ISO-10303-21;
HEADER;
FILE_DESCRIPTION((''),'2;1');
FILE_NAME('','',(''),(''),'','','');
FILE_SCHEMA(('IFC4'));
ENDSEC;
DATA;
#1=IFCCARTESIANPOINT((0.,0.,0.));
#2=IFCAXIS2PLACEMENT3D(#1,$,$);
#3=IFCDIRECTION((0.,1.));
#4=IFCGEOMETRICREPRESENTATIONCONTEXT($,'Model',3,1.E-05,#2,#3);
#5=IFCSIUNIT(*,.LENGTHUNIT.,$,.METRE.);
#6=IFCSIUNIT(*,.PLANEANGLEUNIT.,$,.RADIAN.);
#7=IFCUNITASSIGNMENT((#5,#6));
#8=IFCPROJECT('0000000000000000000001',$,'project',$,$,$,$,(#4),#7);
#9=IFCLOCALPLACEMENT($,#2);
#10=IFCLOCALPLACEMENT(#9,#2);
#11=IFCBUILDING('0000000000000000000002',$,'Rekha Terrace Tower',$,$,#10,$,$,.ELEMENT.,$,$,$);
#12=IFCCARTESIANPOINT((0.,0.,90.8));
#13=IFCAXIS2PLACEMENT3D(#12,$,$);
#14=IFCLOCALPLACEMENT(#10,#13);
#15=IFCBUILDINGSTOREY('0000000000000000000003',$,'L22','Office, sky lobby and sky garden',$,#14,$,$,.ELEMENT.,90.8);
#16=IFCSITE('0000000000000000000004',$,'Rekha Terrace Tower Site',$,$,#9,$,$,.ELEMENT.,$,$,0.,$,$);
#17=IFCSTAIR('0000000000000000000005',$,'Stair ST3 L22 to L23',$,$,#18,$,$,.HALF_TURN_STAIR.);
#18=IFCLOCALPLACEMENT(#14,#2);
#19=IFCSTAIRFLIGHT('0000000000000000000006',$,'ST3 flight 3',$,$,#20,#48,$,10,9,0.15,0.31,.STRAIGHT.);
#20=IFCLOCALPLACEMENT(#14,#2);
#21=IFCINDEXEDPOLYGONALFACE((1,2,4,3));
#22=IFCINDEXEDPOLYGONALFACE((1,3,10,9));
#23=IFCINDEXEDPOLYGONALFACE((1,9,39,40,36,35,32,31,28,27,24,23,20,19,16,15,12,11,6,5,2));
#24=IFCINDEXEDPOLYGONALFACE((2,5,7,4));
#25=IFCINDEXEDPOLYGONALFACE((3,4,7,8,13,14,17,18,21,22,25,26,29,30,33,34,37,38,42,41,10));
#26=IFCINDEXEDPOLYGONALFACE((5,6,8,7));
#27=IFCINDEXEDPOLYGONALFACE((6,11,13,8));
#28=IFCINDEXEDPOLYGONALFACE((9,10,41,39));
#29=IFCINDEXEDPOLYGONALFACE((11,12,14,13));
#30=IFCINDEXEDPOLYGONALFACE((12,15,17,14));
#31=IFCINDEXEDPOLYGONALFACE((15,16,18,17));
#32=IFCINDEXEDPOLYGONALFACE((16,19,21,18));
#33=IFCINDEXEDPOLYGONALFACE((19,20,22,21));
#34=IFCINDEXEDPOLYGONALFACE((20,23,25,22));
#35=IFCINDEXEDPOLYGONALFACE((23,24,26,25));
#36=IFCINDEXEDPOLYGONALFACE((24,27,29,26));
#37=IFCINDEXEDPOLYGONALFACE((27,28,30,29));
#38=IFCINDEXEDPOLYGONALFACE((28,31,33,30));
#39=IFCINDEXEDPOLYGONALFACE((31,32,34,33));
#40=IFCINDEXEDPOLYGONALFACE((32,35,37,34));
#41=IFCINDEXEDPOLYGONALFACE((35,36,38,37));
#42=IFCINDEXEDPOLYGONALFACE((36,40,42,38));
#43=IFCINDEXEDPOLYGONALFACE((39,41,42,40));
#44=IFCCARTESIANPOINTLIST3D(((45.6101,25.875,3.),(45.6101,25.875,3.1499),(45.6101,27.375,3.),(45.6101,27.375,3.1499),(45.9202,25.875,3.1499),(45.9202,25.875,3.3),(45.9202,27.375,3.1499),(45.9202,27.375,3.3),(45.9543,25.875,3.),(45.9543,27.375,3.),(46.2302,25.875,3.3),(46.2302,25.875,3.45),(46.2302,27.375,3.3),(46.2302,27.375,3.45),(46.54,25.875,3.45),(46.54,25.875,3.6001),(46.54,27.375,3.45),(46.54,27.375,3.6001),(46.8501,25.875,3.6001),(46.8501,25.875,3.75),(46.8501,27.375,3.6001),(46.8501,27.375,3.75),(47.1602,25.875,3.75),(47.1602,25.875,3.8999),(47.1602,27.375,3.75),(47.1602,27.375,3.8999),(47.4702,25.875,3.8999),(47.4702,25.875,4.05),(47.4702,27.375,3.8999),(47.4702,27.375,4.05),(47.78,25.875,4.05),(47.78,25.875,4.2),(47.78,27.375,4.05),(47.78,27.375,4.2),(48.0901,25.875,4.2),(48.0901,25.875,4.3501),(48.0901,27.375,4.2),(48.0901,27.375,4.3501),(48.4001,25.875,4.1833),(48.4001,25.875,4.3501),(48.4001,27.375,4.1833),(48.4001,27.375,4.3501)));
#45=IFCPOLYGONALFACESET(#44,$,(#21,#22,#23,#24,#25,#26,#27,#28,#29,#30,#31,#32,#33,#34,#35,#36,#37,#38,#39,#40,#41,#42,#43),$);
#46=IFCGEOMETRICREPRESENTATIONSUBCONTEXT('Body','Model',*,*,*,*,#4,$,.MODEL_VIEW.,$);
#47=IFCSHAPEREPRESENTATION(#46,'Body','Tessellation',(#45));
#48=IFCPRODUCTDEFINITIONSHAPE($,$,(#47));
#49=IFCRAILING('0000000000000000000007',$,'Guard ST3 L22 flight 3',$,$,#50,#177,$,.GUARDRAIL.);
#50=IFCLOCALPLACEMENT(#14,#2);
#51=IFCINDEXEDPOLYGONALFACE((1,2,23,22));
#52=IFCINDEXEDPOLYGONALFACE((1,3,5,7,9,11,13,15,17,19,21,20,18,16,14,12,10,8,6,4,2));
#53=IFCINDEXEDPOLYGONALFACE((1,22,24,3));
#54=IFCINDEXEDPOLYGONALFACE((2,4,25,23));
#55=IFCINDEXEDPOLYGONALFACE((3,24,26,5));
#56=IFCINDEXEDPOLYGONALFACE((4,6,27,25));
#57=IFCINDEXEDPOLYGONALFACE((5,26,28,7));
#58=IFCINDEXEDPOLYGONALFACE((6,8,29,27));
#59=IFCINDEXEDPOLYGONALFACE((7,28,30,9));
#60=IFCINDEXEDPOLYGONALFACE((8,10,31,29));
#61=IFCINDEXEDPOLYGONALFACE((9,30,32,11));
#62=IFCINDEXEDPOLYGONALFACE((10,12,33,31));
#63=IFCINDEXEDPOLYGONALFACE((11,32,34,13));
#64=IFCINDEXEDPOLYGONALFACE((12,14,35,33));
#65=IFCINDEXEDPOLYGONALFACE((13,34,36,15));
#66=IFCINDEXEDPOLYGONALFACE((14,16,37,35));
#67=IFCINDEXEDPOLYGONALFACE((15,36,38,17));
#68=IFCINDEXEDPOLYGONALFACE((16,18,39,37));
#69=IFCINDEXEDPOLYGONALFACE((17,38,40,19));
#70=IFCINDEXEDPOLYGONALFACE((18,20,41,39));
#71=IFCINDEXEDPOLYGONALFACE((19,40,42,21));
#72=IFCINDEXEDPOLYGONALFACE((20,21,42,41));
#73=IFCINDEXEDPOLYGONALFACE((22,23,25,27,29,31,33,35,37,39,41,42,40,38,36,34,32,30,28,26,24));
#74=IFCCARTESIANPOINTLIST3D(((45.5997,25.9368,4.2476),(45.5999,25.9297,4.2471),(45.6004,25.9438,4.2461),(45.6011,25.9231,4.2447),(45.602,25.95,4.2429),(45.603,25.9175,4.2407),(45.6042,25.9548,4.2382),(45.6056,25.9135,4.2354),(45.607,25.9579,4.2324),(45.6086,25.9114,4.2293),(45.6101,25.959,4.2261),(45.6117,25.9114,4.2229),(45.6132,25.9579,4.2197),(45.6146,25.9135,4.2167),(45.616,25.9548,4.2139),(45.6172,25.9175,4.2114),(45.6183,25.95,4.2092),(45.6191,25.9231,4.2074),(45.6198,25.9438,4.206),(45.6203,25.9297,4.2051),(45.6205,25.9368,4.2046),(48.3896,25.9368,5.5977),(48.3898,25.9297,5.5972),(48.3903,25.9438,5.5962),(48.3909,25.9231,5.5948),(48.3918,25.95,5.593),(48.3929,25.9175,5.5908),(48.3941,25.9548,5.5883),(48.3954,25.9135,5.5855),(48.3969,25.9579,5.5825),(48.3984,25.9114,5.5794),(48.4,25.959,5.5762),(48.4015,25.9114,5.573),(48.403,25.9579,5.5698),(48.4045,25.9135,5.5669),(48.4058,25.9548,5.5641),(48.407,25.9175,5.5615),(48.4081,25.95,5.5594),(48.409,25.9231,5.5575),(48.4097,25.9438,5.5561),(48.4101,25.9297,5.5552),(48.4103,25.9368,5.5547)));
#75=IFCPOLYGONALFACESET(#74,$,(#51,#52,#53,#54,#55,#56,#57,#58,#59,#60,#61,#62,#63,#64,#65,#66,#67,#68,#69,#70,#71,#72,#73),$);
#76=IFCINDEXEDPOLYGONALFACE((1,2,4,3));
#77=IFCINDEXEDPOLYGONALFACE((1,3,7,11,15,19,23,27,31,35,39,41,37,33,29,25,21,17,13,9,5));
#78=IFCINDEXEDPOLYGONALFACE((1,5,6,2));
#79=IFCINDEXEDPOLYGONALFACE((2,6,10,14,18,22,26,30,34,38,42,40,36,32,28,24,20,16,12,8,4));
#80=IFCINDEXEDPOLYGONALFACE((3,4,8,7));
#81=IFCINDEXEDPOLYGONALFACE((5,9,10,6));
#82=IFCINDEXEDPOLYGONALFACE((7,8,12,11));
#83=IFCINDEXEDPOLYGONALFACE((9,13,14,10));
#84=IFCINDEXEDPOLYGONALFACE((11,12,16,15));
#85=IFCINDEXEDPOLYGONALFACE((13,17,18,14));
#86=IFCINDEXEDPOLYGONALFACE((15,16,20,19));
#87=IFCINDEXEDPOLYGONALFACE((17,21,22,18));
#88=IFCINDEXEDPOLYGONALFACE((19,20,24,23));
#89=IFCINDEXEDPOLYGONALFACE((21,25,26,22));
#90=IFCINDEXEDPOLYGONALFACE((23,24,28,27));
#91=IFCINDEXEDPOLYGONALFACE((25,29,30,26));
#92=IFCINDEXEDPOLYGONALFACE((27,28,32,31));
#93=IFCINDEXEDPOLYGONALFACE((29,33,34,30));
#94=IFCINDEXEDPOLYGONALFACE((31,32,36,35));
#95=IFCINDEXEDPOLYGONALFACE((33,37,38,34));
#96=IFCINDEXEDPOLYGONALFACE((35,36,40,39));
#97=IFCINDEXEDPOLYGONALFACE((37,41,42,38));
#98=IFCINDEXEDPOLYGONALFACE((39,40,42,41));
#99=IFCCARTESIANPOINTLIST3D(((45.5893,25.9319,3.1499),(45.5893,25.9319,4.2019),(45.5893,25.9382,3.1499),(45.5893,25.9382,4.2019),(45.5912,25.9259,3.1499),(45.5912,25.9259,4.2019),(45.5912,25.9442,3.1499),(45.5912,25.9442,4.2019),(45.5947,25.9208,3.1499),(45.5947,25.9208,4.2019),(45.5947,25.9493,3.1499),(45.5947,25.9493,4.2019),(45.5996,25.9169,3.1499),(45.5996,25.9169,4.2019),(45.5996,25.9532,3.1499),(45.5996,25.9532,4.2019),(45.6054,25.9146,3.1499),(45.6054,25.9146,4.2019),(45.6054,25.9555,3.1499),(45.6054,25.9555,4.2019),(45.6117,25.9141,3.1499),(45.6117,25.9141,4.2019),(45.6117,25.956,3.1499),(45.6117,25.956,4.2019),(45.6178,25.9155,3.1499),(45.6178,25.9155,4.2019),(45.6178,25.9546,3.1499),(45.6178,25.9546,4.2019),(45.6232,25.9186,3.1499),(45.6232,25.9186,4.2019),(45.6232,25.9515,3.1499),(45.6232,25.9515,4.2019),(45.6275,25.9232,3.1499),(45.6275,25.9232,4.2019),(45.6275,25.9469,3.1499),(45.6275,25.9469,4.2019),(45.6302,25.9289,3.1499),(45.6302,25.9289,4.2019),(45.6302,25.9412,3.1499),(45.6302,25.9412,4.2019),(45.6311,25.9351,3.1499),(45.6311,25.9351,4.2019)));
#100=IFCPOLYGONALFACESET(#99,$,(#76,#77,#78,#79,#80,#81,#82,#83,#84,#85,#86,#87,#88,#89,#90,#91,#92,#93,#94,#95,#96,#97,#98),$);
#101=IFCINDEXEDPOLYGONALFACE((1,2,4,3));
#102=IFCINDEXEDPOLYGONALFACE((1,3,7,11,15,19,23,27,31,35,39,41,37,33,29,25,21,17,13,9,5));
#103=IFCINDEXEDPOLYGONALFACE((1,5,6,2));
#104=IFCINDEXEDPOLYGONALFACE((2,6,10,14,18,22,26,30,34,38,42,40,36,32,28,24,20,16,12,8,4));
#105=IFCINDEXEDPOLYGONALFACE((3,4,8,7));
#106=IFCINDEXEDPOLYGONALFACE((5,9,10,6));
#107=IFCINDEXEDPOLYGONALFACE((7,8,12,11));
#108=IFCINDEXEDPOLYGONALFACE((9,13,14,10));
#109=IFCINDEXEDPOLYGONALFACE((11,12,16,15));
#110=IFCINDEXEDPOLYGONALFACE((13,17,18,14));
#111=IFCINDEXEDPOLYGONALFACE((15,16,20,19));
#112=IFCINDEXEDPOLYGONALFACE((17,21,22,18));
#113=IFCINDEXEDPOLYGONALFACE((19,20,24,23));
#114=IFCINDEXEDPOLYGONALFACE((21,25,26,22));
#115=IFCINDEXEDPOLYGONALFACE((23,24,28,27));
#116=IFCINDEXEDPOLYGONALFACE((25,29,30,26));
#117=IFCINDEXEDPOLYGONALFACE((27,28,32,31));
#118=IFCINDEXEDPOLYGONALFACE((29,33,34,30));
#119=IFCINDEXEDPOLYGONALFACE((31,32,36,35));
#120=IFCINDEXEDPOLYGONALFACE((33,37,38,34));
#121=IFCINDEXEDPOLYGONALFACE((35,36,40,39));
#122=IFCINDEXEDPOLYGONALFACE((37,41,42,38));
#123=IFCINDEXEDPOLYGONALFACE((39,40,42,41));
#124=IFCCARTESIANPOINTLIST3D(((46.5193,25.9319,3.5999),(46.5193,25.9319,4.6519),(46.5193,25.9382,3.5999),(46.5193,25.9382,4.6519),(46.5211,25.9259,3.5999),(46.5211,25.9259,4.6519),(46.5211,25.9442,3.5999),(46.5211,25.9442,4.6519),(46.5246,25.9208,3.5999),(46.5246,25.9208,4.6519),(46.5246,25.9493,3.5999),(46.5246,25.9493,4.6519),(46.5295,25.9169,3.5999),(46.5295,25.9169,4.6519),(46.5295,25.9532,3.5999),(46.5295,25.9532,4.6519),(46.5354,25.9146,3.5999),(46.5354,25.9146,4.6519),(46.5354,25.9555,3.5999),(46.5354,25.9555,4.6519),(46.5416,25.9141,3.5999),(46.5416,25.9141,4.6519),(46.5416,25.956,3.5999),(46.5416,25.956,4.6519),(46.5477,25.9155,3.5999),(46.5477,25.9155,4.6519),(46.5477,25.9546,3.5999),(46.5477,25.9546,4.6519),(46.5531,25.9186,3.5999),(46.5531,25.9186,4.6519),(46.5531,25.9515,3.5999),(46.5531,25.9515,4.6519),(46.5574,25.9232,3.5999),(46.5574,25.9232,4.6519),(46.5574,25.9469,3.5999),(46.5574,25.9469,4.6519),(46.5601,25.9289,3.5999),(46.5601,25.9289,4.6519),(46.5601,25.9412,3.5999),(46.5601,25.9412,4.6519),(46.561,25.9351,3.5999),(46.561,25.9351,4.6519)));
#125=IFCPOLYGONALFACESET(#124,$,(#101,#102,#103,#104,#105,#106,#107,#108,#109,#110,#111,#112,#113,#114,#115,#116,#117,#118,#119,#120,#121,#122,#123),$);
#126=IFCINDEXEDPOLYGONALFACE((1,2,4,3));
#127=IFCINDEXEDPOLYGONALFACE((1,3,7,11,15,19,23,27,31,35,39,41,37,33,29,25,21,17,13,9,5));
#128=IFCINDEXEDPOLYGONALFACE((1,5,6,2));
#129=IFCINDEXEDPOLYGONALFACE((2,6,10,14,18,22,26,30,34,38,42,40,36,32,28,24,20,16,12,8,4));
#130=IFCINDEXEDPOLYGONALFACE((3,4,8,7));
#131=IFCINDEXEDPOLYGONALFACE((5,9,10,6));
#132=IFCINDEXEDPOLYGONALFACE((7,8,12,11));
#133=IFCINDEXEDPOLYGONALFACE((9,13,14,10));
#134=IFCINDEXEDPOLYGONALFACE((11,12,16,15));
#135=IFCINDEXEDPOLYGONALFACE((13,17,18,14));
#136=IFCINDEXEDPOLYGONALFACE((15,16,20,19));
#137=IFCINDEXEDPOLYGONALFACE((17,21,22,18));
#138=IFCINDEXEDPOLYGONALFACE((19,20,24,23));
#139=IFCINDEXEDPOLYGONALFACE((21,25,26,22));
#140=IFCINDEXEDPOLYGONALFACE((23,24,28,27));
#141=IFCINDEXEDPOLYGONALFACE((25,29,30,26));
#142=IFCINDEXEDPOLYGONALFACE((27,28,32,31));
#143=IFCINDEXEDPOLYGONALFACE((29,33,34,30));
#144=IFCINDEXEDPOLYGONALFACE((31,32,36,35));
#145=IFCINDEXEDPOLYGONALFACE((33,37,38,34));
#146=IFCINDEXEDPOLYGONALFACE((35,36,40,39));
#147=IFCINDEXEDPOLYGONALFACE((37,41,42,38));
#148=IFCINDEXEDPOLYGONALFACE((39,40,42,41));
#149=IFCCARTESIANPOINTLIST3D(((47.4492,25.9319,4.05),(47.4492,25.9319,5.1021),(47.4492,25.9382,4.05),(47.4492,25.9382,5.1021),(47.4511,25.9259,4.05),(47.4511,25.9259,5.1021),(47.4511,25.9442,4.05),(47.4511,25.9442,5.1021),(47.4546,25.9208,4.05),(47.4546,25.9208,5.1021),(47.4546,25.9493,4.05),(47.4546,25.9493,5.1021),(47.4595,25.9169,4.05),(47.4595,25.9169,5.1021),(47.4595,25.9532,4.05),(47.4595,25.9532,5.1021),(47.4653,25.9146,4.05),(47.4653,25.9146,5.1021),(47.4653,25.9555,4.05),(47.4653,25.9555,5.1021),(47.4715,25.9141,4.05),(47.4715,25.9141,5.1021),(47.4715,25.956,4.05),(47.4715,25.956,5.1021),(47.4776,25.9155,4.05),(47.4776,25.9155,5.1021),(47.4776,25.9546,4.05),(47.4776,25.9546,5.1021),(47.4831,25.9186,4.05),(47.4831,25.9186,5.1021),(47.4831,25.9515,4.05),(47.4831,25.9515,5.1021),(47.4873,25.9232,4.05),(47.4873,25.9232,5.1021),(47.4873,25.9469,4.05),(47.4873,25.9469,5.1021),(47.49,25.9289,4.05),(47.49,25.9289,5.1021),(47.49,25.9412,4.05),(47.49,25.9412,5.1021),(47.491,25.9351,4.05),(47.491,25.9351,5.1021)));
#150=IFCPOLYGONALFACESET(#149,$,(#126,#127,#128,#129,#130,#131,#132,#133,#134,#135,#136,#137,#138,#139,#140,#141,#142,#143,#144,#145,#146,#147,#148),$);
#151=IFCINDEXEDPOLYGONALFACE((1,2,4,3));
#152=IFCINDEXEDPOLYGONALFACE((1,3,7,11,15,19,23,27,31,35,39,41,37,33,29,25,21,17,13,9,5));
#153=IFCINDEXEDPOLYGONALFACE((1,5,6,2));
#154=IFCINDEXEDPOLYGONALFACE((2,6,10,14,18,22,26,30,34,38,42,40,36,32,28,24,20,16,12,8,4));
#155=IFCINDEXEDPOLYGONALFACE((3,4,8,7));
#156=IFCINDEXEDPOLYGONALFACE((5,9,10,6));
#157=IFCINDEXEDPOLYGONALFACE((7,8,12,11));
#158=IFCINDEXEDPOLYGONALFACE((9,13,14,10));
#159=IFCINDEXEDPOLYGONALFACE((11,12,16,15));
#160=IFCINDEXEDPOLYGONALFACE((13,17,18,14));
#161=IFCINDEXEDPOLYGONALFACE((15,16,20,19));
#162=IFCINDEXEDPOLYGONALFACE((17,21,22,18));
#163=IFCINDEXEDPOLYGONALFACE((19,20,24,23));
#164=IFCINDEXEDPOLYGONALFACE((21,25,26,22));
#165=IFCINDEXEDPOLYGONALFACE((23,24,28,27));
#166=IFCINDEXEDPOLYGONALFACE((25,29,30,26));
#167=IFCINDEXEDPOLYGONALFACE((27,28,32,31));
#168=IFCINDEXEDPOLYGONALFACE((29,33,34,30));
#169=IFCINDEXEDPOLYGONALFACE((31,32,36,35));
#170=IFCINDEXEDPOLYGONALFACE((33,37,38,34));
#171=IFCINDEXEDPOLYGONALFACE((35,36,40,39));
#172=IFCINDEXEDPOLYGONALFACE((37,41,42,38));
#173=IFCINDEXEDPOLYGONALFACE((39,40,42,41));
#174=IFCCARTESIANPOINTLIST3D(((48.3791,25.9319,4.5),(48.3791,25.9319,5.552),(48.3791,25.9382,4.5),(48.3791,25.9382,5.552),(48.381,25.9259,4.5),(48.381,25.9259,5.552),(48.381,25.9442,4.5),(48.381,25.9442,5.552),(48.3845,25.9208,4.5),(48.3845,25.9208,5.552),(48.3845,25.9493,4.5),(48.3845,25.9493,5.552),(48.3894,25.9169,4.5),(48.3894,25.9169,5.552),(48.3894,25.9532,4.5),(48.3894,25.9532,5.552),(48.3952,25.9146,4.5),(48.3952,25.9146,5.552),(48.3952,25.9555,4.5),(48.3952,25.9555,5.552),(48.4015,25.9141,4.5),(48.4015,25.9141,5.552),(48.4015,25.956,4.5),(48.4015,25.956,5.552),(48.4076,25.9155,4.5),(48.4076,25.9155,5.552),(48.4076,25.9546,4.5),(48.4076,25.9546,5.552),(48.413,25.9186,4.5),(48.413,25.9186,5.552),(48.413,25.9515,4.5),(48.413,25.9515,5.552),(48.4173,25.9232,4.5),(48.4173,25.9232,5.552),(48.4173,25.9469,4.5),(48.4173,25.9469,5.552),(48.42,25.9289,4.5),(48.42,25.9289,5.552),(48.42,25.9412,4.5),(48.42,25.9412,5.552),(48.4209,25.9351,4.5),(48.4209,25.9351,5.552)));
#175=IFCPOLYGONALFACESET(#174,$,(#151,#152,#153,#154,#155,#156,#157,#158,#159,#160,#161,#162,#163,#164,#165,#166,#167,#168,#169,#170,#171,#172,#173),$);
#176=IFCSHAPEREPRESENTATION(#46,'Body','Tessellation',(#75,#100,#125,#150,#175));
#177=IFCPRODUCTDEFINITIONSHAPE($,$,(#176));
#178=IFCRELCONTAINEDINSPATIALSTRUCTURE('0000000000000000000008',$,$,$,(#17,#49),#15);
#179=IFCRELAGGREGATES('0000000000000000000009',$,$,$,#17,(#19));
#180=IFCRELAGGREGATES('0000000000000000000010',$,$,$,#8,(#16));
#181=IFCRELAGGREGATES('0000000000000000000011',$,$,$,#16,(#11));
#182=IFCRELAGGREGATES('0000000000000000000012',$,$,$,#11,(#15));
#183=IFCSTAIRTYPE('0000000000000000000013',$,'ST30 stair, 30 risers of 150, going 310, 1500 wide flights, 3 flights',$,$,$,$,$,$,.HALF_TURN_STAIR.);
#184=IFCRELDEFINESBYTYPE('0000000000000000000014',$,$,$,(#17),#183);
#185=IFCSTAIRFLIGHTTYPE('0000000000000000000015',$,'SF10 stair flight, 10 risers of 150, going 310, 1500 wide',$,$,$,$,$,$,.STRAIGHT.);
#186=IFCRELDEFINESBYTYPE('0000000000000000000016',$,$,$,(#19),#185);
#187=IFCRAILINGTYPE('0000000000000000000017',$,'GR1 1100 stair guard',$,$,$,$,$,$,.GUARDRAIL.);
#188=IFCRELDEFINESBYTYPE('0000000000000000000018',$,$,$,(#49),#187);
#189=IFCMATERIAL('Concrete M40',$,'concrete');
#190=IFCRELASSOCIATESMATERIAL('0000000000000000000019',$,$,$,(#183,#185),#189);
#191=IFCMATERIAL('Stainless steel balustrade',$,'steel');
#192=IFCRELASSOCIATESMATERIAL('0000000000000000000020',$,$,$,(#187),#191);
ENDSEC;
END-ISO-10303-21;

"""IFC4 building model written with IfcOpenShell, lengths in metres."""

from ifc_helpers import new_model, si_unit, direction, frame, origin, origin_2d, place, context, subcontext, project, spatial, polyline, circle, outline, extrude, material, type_object, element, aggregate, save


model = new_model("IFC4")

# Units and contexts
model_context = context("Model", 3, precision=1e-05, world=origin(), true_north=direction((0.0, 1.0)))
body_context = subcontext(model_context, "Body", "Model", "MODEL_VIEW")
ifc_project = project(units=[si_unit("LENGTHUNIT", "METRE"), si_unit("PLANEANGLEUNIT", "RADIAN")], contexts=[model_context])

# Site, building, storey
site_placement = place(None, origin())
site = spatial("IfcSite", under=ifc_project, at=site_placement, Name="Rekha Terrace Tower Site", CompositionType="ELEMENT", RefElevation=0.0)
building_placement = place(site_placement, origin())
building = spatial("IfcBuilding", under=site, at=building_placement, Name="Rekha Terrace Tower", CompositionType="ELEMENT")
storey_placement = place(building_placement, frame((0.0, 0.0, 90.8)))
storey = spatial("IfcBuildingStorey", under=building, at=storey_placement, Name="L22", Description="Office, sky lobby and sky garden", CompositionType="ELEMENT", Elevation=90.8)

# Stair, stair flight
ifc_material_1 = material(Name="Concrete M40", Category="concrete")
stair_type = type_object("IfcStairType", Name="ST30 stair, 30 risers of 150, going 310, 1500 wide flights, 3 flights", PredefinedType="HALF_TURN_STAIR", material=ifc_material_1)
stair_placement = place(storey_placement, origin())
stair = element("IfcStair", 1, at=stair_placement, inside=storey, type_object=stair_type, Name="Stair ST3 L22 to L23", PredefinedType="HALF_TURN_STAIR")
stair_flight_type = type_object("IfcStairFlightType", Name="SF10 stair flight, 10 risers of 150, going 310, 1500 wide", PredefinedType="STRAIGHT", material=ifc_material_1)
stair_flight_placement = place(storey_placement, frame((45.6101, 26.625, 3.0), z_axis=(0.0, 0.0, 1.0), x_axis=(1.0, 0.0, 0.0)))
stair_flight = element("IfcStairFlight", 2, at=stair_flight_placement, type_object=stair_flight_type, Name="ST3 flight 3", NumberOfRisers=10, NumberOfTreads=9, PredefinedType="STRAIGHT", RiserHeight=0.15, TreadLength=0.31, context=body_context, shape_type="SweptSolid", body=[
    extrude(outline(polyline([(0.0, 0.0), (0.0, 0.1499), (0.3101, 0.1499), (0.3101, 0.3), (0.6201, 0.3), (0.6201, 0.45), (0.9299, 0.45), (0.9299, 0.6001), (1.24, 0.6001), (1.24, 0.75), (1.55, 0.75), (1.55, 0.8999), (1.8601, 0.8999), (1.8601, 1.05), (2.1699, 1.05), (2.1699, 1.2), (2.48, 1.2), (2.48, 1.3501), (2.79, 1.3501), (2.79, 1.5), (2.79, 1.1833), (0.3442, 0.0), (0.0, 0.0)])), frame((0.0, 0.75, 0.0), z_axis=(0.0, -1.0, 0.0), x_axis=(1.0, 0.0, 0.0)), (0.0, 0.0, 1.0), 1.5),
])
aggregate(stair, [stair_flight])

# Railing
ifc_material_2 = material(Name="Stainless steel balustrade", Category="steel")
railing_type_1 = type_object("IfcRailingType", Name="GR1 1100 stair guard", PredefinedType="GUARDRAIL", material=ifc_material_2)
railing_1_placement = place(storey_placement, frame((45.6101, 25.9351, 3.1499)))
element("IfcRailing", 3, at=railing_1_placement, inside=storey, type_object=railing_type_1, Name="Guard ST3 L22 flight 3", PredefinedType="GUARDRAIL", context=body_context, shape_type="SweptSolid", body=[
    extrude(circle(Radius=0.0239, at=origin_2d()), frame((0.0, 0.0, 1.0762), z_axis=(0.900134, 0.0, 0.435612), x_axis=(0.0, 1.0, 0.0)), (0.0, 0.0, 1.0), 3.0994),
    extrude(circle(Radius=0.021, at=origin_2d()), origin(), (0.0, 0.0, 1.0), 1.052),
    extrude(circle(Radius=0.021, at=origin_2d()), frame((0.9299, 0.0, 0.45)), (0.0, 0.0, 1.0), 1.052),
    extrude(circle(Radius=0.021, at=origin_2d()), frame((1.8599, 0.0, 0.9001)), (0.0, 0.0, 1.0), 1.052),
    extrude(circle(Radius=0.021, at=origin_2d()), frame((2.7898, 0.0, 1.3501)), (0.0, 0.0, 1.0), 1.052),
])

save(model, "model.ifc")
